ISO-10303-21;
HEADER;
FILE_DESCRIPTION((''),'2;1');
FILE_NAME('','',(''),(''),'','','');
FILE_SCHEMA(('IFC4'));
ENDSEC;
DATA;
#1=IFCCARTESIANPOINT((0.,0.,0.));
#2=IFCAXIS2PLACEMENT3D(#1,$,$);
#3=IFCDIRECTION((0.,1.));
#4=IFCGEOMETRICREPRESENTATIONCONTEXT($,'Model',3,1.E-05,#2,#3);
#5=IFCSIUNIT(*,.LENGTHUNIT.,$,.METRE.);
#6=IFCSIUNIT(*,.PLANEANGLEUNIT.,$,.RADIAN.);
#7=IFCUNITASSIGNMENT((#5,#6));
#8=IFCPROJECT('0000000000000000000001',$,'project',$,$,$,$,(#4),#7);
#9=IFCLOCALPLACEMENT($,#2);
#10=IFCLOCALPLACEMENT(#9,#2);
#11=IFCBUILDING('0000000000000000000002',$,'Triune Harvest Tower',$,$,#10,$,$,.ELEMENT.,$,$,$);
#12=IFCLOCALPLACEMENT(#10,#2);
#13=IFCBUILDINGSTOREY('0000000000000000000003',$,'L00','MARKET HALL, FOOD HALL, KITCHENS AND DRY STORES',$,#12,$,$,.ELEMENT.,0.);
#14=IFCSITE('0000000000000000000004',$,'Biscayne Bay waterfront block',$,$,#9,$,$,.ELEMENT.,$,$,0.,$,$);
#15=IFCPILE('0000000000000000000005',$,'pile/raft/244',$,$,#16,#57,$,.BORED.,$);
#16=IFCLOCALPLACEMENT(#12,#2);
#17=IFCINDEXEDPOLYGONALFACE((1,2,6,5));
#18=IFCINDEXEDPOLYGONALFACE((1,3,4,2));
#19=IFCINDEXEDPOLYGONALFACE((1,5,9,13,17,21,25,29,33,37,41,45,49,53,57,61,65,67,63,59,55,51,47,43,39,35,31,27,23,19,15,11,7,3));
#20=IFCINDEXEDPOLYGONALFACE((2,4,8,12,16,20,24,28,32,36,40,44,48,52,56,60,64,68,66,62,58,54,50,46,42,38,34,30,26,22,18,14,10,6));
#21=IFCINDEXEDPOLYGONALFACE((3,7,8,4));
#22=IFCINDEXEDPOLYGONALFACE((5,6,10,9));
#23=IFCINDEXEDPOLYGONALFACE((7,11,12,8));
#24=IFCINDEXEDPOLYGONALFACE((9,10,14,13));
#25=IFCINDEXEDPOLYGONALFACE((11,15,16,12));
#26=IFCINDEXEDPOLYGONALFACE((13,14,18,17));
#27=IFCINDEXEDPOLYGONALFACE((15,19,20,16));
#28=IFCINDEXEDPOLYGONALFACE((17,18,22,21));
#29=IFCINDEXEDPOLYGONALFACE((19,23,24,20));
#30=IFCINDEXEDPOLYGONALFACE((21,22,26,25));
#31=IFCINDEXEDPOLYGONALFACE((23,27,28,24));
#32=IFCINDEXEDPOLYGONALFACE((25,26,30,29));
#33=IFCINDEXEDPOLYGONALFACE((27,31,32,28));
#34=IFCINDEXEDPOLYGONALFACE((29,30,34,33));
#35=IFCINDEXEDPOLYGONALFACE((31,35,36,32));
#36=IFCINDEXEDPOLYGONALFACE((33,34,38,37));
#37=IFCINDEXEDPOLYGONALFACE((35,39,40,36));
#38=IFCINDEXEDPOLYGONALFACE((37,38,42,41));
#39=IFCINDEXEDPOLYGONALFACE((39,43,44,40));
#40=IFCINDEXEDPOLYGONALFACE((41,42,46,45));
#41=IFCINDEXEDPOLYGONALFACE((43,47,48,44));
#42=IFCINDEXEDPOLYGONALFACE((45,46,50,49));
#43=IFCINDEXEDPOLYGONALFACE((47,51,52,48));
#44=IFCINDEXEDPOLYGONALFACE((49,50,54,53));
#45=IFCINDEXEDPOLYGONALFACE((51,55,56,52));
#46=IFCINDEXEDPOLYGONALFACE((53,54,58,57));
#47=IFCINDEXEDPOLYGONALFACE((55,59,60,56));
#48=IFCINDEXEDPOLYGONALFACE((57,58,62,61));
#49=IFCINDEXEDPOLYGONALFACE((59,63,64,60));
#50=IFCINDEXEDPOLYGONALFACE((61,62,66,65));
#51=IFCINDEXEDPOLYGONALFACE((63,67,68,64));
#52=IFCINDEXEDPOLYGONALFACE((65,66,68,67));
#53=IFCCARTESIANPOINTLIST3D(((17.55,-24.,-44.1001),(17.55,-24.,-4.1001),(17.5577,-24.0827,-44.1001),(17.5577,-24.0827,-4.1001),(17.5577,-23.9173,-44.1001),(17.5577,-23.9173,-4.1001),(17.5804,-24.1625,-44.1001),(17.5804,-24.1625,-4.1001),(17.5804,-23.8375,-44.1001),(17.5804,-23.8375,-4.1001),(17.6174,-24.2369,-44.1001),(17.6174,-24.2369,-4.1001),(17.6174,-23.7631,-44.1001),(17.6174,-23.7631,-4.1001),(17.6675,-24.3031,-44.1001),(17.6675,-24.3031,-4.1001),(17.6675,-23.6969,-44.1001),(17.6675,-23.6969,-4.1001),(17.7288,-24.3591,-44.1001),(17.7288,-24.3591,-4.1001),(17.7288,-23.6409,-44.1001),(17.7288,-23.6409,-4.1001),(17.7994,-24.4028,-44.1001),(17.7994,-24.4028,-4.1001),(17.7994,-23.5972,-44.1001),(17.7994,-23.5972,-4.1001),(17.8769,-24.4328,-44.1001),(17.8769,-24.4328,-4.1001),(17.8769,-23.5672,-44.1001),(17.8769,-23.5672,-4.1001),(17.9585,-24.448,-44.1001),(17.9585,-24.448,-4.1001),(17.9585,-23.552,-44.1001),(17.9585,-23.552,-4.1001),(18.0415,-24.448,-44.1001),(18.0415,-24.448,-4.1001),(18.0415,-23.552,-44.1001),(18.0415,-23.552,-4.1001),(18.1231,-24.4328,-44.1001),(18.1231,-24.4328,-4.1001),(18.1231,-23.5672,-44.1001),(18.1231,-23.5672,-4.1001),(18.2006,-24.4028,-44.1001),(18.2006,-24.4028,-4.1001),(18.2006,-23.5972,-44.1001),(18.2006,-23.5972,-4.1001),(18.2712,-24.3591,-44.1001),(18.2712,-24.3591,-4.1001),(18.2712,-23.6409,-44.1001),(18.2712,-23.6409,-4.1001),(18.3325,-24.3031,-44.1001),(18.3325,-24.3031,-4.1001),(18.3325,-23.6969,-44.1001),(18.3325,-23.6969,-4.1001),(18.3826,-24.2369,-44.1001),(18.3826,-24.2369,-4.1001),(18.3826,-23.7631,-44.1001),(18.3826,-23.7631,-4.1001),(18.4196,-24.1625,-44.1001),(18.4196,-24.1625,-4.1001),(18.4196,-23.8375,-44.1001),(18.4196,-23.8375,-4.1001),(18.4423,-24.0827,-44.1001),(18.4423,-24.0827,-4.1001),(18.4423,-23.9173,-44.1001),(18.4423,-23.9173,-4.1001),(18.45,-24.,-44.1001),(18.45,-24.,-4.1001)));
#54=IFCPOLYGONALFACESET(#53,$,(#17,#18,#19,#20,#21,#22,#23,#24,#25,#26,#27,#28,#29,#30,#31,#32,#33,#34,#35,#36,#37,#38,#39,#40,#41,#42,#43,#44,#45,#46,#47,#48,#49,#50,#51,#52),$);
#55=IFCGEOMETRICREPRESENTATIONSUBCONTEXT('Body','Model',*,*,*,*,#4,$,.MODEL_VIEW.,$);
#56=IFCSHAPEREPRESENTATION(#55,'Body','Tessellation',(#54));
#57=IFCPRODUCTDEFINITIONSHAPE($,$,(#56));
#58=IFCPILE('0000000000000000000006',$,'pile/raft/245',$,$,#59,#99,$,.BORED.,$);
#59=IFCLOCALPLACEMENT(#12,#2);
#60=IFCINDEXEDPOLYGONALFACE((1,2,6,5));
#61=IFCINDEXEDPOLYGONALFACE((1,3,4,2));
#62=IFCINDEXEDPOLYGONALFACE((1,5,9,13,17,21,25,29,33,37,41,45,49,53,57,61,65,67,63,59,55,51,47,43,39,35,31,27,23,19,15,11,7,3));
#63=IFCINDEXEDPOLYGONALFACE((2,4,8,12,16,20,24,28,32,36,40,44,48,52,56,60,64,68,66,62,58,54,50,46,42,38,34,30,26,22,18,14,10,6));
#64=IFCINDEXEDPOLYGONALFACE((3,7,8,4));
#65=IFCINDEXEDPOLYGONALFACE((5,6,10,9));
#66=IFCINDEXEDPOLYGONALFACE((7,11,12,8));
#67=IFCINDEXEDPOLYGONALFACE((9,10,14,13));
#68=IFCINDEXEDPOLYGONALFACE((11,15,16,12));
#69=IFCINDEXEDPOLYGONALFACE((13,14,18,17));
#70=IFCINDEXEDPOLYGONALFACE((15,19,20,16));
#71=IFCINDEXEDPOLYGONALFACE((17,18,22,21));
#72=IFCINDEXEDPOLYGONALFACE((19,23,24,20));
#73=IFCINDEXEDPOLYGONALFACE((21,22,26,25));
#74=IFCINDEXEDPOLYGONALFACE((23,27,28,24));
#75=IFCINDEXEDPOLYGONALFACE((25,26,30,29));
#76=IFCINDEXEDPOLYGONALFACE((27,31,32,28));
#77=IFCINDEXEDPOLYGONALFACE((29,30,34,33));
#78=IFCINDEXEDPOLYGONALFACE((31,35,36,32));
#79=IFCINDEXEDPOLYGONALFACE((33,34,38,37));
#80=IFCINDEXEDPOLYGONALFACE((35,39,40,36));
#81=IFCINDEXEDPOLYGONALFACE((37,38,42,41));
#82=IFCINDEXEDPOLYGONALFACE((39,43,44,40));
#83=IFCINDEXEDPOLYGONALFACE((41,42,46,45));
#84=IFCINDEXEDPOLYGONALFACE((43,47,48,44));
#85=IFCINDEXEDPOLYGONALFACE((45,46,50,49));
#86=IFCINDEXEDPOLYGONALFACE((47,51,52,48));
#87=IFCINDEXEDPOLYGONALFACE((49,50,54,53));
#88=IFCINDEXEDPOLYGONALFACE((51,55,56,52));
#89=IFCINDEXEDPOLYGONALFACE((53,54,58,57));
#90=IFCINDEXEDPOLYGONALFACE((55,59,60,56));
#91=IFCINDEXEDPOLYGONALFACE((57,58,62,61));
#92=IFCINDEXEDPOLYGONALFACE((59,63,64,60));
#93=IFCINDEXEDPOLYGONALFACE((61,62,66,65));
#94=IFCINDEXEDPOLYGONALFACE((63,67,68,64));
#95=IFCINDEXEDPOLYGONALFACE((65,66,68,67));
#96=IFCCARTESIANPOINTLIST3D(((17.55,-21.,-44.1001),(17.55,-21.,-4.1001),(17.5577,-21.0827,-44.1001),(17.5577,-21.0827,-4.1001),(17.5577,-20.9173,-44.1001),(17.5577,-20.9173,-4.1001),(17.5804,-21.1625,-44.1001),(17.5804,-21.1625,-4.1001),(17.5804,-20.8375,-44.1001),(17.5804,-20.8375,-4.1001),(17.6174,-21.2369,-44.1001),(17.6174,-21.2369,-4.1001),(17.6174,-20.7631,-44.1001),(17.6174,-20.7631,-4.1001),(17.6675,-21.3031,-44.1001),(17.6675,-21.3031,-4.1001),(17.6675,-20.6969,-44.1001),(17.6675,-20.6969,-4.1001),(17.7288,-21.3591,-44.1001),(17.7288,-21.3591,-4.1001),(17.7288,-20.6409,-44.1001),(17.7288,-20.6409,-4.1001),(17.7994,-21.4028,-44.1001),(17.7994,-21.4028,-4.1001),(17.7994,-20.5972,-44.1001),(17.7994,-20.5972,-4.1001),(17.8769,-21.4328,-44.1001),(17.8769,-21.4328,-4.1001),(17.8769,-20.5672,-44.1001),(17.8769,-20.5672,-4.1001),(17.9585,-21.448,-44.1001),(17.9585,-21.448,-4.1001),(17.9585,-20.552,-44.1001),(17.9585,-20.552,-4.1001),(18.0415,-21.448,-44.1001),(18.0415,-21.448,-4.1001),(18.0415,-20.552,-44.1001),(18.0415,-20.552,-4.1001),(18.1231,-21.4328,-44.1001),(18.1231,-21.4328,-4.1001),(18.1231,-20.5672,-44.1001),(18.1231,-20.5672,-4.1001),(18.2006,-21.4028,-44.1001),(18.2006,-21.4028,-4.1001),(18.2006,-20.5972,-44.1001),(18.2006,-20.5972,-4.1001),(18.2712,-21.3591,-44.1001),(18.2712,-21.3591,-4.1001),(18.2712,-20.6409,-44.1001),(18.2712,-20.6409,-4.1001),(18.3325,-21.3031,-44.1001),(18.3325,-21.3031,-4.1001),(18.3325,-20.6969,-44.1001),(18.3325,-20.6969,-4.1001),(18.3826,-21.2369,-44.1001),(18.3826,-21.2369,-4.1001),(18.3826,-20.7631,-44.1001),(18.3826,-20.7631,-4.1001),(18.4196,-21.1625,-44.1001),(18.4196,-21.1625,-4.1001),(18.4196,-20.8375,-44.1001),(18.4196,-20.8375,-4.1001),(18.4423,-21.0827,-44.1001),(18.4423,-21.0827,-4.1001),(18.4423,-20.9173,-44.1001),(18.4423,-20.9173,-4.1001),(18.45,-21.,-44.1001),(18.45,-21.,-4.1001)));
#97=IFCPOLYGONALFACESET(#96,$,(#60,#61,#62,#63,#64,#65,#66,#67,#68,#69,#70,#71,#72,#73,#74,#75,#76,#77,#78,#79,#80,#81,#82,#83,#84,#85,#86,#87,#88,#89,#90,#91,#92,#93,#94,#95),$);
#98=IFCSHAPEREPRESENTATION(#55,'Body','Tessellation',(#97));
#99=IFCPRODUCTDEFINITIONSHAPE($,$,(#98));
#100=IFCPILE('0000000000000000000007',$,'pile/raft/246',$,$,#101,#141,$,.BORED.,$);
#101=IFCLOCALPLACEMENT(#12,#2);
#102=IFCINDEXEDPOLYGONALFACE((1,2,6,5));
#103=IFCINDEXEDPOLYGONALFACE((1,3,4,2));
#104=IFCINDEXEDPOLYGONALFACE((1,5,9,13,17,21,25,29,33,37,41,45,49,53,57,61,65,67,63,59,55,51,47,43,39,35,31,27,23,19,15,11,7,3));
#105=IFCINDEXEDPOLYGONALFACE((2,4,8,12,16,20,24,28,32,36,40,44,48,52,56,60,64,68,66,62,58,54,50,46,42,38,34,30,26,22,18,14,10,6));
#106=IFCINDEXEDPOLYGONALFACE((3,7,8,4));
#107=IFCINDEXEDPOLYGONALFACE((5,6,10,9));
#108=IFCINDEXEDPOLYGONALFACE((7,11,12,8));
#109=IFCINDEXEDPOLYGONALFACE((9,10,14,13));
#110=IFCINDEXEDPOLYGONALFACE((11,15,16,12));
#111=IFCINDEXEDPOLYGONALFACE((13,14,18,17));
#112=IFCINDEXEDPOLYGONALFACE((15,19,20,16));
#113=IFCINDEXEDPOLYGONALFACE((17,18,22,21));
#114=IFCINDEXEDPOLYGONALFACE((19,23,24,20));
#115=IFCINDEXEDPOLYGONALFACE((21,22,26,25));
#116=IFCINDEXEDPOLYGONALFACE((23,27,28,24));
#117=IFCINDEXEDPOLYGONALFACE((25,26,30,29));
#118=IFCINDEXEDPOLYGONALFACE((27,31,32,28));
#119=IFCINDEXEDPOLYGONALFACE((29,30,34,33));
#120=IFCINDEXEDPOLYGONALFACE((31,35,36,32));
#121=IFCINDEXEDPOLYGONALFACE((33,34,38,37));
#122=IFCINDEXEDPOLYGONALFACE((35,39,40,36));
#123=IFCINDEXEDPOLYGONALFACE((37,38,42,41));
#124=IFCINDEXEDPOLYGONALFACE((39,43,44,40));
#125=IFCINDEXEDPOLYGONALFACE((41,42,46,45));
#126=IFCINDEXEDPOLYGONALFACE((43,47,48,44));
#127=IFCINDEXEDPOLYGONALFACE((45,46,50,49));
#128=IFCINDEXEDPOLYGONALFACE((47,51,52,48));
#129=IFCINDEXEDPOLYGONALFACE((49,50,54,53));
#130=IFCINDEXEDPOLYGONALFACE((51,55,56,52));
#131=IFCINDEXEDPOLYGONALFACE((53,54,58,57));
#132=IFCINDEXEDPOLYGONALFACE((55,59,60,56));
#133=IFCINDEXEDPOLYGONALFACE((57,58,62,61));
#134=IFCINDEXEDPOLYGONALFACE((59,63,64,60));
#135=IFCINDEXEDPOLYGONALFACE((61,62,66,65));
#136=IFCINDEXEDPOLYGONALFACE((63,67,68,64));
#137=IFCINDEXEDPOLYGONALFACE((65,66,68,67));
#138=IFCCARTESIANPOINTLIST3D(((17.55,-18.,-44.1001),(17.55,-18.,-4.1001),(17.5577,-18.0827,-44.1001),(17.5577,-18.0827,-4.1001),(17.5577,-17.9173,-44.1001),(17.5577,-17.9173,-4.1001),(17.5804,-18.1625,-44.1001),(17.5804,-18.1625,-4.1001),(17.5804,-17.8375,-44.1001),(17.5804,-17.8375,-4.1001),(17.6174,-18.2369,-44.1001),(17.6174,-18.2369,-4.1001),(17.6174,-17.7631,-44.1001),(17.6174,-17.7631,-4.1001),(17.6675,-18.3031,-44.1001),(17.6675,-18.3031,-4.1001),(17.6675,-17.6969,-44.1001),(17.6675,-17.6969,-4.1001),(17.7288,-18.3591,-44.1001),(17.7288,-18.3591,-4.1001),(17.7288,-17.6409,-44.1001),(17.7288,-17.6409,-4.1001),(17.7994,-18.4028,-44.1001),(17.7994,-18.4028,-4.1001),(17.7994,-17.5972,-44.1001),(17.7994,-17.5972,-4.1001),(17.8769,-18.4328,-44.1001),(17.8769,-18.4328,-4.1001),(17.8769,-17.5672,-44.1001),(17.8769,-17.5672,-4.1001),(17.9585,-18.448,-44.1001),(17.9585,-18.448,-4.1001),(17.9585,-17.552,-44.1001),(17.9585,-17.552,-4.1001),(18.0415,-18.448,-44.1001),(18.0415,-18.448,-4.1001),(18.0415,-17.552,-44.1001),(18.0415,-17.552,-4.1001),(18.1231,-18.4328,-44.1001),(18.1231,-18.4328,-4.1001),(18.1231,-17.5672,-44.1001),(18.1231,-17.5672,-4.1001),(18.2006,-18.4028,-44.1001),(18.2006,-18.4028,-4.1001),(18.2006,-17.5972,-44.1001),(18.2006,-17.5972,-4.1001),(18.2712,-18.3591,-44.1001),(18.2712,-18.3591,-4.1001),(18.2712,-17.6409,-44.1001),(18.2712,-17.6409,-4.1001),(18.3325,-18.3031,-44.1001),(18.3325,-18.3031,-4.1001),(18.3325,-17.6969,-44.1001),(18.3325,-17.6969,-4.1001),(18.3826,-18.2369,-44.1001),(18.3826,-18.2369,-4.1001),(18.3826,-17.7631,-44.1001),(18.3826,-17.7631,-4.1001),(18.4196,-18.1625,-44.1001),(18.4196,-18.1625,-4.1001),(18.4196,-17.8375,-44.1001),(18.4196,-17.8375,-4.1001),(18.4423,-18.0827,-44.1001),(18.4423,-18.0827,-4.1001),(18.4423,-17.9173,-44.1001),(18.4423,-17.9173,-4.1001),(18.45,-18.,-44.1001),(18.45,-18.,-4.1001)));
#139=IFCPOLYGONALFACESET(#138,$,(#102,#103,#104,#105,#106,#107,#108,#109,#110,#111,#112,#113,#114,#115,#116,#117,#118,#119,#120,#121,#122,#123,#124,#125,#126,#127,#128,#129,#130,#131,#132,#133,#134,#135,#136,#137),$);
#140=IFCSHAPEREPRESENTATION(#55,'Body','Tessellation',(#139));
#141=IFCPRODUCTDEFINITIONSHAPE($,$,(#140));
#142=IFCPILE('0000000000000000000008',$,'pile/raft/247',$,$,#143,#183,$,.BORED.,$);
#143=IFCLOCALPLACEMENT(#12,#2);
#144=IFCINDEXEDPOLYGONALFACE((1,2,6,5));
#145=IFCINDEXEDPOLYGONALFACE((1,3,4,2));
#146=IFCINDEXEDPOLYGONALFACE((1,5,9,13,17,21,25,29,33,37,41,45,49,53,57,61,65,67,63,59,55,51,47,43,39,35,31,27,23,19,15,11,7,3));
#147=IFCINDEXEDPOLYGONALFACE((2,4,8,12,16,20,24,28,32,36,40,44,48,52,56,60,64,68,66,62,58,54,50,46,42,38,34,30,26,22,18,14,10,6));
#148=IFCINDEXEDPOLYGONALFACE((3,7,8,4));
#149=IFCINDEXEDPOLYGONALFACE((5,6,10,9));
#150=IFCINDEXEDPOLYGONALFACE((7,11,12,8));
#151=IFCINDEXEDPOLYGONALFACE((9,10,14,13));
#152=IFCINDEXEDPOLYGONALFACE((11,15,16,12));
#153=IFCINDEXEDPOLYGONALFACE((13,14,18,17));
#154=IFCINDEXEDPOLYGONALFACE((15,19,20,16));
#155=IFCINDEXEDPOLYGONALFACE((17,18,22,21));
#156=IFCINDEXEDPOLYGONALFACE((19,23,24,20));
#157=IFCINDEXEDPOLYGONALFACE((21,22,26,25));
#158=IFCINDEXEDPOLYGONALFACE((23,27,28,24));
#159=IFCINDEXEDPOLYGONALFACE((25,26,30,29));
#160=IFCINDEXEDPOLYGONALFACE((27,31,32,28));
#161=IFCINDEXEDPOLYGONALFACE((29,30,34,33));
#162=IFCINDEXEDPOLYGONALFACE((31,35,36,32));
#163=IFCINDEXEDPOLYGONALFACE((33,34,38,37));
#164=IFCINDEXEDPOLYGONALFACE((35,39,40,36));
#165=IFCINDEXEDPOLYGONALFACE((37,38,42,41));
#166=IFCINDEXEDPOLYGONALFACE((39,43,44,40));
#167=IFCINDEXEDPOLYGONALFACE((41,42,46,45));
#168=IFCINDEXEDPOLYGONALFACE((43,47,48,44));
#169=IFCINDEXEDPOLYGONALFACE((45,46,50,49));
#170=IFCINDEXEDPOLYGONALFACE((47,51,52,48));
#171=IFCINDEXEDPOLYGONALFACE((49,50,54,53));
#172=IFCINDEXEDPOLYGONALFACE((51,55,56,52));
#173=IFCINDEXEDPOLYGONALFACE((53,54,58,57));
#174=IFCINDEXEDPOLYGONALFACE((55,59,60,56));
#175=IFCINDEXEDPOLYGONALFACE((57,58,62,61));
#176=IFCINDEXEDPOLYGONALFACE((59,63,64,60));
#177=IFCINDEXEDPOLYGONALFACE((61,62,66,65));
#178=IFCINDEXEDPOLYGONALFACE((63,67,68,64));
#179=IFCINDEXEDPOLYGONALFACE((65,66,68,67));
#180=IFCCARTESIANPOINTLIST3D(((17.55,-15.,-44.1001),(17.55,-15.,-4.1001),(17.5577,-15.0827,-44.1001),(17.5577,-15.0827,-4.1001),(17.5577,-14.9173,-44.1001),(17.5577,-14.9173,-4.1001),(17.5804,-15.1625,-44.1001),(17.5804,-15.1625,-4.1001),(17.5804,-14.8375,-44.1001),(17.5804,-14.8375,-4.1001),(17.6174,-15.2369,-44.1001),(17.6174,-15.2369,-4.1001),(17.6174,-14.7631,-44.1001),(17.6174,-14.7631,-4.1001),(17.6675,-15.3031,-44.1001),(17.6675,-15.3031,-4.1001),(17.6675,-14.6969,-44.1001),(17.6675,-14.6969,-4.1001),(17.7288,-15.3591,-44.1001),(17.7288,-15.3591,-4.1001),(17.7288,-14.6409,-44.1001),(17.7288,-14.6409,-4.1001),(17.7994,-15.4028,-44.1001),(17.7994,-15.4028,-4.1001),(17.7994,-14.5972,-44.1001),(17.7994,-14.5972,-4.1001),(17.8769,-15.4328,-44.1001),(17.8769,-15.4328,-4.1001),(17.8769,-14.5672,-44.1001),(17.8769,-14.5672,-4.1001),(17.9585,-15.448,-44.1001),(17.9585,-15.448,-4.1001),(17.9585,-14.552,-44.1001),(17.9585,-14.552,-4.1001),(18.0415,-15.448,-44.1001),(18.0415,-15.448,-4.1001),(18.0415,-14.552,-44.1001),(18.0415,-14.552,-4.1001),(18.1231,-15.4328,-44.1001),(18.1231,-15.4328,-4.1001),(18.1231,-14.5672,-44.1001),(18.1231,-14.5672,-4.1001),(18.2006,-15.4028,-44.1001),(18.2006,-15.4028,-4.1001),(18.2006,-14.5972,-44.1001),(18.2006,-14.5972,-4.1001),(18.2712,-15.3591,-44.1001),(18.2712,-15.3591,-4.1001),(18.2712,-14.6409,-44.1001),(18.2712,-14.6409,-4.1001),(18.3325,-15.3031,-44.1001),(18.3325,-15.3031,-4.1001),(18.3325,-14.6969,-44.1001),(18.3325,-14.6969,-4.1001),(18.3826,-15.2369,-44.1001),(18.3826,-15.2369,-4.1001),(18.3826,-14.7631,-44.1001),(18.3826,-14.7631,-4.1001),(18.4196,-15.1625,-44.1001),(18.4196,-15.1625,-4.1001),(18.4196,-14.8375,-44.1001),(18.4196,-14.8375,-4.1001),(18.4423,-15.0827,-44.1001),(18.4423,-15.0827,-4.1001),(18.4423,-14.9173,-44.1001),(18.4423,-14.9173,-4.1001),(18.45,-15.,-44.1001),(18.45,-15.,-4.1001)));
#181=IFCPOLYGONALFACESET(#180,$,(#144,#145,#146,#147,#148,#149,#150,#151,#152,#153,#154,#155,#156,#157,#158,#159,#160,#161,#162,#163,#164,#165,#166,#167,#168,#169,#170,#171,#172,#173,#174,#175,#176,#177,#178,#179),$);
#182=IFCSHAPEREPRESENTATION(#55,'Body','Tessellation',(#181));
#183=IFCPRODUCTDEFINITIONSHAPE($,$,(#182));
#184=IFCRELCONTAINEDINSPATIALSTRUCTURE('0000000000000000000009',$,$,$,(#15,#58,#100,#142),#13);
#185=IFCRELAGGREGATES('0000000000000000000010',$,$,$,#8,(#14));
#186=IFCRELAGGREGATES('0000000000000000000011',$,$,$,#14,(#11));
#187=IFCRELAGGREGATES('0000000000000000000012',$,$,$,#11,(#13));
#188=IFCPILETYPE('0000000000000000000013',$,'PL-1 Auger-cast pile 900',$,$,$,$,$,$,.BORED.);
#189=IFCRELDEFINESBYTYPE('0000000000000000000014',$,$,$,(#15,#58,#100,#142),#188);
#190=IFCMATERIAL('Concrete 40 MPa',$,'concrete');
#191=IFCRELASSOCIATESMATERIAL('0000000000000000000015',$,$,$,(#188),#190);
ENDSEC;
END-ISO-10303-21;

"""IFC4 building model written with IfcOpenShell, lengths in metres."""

from ifc_helpers import new_model, si_unit, direction, frame, origin, origin_2d, place, context, subcontext, project, spatial, circle, extrude, source, transform, mapped, material, material_profile, profile_set, type_object, element, save


model = new_model("IFC4")

# Units and contexts
model_context = context("Model", 3, precision=1e-05, world=origin(), true_north=direction((0.0, 1.0)))
body_context = subcontext(model_context, "Body", "Model", "MODEL_VIEW")
ifc_project = project(units=[si_unit("LENGTHUNIT", "METRE"), si_unit("PLANEANGLEUNIT", "RADIAN")], contexts=[model_context])

# Site, building, storey
site_placement = place(None, origin())
site = spatial("IfcSite", under=ifc_project, at=site_placement, Name="Biscayne Bay waterfront block", CompositionType="ELEMENT", RefElevation=0.0)
building_placement = place(site_placement, origin())
building = spatial("IfcBuilding", under=site, at=building_placement, Name="Triune Harvest Tower", CompositionType="ELEMENT")
storey_placement = place(building_placement, origin())
storey = spatial("IfcBuildingStorey", under=building, at=storey_placement, Name="L00", Description="MARKET HALL, FOOD HALL, KITCHENS AND DRY STORES", CompositionType="ELEMENT", Elevation=0.0)

# Piles
ifc_material_1 = material(Name="Concrete 40 MPa", Category="concrete")
ifc_material_profile_1 = material_profile(ifc_material_1, circle(Radius=0.45, at=origin_2d()), Name="Bored 900")
ifc_profile_set_1 = profile_set([ifc_material_profile_1], Name="Concrete 40 MPa")
pile_type = type_object("IfcPileType", Name="PL-1 Auger-cast pile 900", PredefinedType="BORED", material=ifc_profile_set_1)
shared_shape_1 = source(origin(), body_context, "Body", "SweptSolid", [
    extrude(circle(Radius=0.45, at=origin_2d()), origin(), (0.0, 0.0, 1.0), 40.0),
])
for number, where, z_axis, x_axis, name in (
    (1, (18.0, -24.0, -4.1001), (0.0, 0.0, -1.0), (1.0, 0.0, 0.0), "pile/raft/244"),
    (2, (18.0, -21.0, -4.1001), (0.0, 0.0, -1.0), (1.0, 0.0, 0.0), "pile/raft/245"),
    (3, (18.0, -18.0, -4.1001), (0.0, 0.0, -1.0), (1.0, 0.0, 0.0), "pile/raft/246"),
    (4, (18.0, -15.0, -4.1001), (0.0, 0.0, -1.0), (1.0, 0.0, 0.0), "pile/raft/247"),
):
    element("IfcPile", number, at=place(storey_placement, frame(where, z_axis=z_axis, x_axis=x_axis)), inside=storey, type_object=pile_type, Name=name, PredefinedType="BORED", context=body_context, shape_type="MappedRepresentation", body=[
        mapped(shared_shape_1, transform((0.0, 0.0, 0.0), scale=1.0)),
    ])

save(model, "model.ifc")
